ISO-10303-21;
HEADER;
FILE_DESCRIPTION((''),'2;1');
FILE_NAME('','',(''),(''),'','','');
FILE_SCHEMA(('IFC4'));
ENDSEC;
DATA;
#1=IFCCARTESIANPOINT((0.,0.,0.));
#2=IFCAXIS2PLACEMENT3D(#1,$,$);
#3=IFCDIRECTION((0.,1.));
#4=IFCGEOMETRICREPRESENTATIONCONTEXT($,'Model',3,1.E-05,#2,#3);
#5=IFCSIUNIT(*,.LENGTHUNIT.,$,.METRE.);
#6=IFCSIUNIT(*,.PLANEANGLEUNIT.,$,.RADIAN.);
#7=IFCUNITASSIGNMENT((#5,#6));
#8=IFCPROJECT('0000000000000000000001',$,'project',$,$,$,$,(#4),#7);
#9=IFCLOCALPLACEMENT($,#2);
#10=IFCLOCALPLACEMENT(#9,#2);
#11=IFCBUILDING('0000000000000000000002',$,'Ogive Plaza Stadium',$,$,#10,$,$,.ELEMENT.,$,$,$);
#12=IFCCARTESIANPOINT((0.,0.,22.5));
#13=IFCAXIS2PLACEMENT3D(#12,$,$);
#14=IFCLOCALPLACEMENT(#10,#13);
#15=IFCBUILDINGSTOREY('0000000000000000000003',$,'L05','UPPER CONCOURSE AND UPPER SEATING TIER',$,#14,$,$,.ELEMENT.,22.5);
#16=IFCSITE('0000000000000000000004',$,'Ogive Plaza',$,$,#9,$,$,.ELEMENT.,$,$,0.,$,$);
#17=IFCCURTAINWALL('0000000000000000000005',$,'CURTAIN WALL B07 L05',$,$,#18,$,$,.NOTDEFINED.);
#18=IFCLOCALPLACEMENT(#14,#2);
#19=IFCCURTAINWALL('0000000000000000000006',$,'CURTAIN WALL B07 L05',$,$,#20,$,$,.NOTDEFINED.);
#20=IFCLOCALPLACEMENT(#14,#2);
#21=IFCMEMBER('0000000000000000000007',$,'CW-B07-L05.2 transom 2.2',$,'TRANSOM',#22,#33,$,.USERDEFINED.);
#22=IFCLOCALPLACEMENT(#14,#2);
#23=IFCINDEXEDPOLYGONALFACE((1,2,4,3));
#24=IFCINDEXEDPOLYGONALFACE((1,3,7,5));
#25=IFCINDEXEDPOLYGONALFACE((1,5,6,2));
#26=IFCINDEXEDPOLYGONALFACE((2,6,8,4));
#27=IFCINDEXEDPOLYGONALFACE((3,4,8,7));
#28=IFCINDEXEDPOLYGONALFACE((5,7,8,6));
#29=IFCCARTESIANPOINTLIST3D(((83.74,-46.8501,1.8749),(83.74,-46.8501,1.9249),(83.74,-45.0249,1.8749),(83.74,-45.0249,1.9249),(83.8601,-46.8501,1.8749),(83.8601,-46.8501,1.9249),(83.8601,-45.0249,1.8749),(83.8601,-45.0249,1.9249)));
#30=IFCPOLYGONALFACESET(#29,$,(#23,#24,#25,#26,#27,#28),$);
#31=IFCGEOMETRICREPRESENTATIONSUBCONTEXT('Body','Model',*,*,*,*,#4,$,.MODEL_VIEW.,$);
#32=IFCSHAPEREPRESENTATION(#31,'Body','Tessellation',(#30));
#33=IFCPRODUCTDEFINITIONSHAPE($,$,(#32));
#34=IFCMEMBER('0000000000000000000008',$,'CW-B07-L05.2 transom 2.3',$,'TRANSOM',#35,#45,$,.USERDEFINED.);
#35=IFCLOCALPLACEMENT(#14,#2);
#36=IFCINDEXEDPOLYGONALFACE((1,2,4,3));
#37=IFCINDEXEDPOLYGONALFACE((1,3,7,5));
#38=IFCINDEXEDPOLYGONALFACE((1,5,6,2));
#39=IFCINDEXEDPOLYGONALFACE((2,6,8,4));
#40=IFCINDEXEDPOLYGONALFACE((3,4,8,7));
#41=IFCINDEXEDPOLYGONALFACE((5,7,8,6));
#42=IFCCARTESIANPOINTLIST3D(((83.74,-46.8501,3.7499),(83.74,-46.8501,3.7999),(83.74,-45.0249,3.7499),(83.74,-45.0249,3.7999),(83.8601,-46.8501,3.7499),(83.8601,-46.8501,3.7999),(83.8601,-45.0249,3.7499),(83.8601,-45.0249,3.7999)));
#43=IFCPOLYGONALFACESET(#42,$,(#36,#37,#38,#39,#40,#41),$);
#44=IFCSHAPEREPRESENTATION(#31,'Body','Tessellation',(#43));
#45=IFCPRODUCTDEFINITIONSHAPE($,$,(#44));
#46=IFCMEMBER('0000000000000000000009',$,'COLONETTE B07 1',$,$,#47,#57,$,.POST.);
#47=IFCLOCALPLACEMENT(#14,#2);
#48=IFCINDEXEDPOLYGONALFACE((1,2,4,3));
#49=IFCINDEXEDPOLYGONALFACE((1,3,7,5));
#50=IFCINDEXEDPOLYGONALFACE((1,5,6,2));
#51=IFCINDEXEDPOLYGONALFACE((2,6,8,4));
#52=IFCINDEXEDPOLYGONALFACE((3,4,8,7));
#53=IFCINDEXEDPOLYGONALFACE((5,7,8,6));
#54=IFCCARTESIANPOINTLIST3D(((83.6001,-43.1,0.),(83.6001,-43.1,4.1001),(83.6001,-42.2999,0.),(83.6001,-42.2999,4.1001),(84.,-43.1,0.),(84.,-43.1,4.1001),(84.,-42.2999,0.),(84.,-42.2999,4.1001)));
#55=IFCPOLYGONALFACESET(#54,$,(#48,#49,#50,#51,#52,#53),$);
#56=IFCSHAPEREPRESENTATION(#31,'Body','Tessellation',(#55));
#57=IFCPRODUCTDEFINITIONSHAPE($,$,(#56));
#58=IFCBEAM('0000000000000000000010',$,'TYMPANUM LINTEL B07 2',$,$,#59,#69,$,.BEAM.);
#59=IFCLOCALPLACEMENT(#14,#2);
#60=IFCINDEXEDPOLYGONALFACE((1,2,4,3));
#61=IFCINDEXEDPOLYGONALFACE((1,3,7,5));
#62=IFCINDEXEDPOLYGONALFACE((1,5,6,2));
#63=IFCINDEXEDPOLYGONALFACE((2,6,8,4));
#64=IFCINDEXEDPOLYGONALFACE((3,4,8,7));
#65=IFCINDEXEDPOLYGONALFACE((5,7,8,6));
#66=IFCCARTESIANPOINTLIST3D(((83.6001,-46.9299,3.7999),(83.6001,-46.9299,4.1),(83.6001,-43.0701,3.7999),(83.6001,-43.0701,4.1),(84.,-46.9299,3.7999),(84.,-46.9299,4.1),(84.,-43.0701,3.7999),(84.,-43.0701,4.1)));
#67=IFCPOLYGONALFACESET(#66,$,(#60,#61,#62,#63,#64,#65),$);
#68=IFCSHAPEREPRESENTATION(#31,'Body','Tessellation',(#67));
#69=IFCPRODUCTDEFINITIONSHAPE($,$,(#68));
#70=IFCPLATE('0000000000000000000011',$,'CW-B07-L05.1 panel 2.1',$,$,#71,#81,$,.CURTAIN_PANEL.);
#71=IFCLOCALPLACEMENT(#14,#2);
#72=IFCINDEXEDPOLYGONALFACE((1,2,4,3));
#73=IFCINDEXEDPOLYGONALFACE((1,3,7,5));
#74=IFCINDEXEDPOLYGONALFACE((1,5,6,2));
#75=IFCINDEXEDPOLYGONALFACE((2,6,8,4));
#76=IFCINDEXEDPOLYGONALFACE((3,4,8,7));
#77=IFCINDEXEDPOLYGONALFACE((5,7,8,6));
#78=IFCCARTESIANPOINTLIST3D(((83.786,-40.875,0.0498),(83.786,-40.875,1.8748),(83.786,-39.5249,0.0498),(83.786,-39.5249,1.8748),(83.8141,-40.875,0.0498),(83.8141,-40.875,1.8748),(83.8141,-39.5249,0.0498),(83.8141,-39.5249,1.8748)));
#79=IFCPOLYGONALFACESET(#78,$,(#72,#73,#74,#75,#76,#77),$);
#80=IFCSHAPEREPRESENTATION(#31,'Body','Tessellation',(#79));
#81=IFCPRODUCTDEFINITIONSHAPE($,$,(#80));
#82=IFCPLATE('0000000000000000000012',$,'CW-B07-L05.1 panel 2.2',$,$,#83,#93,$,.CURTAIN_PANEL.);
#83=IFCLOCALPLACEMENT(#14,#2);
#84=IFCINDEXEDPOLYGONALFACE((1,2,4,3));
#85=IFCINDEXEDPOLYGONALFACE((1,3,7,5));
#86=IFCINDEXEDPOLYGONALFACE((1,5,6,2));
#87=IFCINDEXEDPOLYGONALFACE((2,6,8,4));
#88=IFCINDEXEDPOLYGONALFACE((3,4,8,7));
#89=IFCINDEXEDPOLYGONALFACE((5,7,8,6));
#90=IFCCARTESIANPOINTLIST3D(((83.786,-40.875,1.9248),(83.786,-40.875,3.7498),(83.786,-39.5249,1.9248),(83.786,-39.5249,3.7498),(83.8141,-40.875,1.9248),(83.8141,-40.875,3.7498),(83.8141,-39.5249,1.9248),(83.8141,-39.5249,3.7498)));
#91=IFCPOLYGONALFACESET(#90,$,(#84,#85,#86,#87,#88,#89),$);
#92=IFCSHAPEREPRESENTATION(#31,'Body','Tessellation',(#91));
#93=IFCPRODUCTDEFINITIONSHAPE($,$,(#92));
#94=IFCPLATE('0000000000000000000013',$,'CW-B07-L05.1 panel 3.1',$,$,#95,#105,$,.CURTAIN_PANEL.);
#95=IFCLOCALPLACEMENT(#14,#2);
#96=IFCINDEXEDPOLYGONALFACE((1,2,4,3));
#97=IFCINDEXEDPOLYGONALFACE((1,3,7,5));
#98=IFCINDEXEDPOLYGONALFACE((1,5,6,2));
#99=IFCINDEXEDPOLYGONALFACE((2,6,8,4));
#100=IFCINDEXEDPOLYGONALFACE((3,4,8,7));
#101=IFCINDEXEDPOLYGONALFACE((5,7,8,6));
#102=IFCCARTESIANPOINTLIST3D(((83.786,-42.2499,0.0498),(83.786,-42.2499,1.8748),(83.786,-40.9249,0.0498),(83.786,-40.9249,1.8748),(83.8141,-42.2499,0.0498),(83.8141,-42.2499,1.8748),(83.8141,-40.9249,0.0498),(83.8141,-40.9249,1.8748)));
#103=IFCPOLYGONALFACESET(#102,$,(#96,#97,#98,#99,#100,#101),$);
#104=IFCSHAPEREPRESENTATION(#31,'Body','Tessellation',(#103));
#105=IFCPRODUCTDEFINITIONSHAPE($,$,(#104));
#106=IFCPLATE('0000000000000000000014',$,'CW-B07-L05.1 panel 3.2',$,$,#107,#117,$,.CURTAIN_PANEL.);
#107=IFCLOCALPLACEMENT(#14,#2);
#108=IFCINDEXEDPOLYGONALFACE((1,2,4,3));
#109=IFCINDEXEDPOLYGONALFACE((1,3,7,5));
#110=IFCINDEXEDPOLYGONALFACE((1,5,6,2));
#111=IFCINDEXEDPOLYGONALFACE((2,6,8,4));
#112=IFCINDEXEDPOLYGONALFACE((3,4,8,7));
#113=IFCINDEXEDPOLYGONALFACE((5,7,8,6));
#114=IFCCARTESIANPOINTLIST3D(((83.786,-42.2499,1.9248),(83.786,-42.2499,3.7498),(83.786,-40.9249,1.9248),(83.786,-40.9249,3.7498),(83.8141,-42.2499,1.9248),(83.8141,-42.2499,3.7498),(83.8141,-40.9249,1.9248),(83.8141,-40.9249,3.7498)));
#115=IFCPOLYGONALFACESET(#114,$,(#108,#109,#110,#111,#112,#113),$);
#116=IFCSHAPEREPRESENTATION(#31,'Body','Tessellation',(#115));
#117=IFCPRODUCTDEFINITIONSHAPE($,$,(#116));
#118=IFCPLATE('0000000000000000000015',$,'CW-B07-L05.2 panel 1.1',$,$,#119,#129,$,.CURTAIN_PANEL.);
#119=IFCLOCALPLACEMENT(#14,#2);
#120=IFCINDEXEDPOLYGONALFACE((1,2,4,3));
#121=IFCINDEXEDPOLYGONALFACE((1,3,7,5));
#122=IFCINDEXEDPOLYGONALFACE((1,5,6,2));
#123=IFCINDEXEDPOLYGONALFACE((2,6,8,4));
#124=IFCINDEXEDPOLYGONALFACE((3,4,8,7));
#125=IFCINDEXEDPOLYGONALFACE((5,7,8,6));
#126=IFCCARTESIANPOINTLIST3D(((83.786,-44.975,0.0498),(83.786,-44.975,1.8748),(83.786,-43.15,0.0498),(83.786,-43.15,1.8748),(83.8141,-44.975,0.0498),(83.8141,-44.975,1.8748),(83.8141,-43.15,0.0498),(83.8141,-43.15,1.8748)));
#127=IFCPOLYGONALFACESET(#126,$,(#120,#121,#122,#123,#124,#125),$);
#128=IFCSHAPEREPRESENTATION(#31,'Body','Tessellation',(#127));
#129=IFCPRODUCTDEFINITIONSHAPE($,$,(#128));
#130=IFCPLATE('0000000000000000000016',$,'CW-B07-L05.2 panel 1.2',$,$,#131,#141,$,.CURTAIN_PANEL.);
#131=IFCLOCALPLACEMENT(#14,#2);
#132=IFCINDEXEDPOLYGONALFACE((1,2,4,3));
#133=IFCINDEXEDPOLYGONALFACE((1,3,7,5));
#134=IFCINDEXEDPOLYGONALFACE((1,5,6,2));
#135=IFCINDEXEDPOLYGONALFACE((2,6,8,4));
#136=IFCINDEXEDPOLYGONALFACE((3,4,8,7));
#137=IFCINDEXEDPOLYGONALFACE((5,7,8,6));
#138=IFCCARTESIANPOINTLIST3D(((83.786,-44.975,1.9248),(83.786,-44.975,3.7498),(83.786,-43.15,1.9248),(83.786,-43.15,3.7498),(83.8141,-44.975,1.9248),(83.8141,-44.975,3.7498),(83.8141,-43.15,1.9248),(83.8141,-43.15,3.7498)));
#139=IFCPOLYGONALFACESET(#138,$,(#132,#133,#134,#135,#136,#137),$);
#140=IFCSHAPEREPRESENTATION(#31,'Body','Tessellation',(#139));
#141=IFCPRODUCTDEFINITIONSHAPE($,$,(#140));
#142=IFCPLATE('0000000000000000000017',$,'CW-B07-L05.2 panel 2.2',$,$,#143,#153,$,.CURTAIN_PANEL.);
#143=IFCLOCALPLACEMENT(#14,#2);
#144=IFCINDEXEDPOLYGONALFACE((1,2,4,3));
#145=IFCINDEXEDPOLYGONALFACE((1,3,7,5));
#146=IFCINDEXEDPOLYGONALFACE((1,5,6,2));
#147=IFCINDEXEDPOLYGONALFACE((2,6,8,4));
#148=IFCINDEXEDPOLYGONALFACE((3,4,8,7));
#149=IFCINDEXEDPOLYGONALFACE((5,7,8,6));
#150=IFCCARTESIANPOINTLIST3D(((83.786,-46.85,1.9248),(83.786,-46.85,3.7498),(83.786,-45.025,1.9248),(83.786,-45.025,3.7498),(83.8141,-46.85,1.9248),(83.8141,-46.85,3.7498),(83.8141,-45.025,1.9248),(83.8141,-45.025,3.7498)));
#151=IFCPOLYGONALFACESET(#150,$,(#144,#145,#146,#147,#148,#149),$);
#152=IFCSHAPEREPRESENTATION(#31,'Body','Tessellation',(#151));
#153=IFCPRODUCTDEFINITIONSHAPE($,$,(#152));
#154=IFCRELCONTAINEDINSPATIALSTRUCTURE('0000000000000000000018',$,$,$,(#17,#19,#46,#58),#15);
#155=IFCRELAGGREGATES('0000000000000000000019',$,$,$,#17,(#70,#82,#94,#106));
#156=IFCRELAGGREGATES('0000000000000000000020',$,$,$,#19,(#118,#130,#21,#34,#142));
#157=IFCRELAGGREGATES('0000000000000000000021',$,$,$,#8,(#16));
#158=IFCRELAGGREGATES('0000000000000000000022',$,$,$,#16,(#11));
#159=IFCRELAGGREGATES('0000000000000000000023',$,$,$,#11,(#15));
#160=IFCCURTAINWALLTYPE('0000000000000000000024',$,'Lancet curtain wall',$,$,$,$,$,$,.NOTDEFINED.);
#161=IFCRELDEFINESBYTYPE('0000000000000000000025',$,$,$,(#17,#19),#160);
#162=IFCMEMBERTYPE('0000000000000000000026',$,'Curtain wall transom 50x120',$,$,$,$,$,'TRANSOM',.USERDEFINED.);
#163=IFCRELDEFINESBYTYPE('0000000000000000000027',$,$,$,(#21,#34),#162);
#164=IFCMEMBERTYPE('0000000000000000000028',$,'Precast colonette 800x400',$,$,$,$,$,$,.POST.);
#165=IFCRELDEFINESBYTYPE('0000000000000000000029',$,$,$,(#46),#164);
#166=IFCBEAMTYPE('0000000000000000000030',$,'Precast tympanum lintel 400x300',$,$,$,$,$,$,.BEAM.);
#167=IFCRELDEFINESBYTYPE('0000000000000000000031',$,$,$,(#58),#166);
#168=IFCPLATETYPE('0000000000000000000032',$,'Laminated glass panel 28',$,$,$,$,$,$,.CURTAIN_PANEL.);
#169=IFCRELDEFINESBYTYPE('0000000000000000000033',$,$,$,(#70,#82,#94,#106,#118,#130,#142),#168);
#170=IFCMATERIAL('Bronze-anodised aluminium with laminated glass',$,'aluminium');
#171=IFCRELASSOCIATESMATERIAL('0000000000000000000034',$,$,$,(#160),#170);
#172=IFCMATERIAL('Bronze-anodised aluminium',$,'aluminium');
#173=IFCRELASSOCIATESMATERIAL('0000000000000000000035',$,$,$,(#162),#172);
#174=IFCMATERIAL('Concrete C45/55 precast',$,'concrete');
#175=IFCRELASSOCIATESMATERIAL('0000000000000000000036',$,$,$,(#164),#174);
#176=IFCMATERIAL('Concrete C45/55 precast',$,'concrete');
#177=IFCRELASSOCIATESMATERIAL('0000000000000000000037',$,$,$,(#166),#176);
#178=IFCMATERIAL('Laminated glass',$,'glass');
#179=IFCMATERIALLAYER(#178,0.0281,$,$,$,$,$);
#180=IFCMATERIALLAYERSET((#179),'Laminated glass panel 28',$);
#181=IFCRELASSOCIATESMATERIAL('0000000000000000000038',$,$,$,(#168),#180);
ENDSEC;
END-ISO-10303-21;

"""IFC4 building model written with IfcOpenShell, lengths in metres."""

from ifc_helpers import new_model, si_unit, direction, frame, origin, origin_2d, place, context, subcontext, project, spatial, rectangle, extrude, material, layer, layer_set, material_profile, profile_set, type_object, element, aggregate, save


model = new_model("IFC4")

# Units and contexts
model_context = context("Model", 3, precision=1e-05, world=origin(), true_north=direction((0.0, 1.0)))
body_context = subcontext(model_context, "Body", "Model", "MODEL_VIEW")
ifc_project = project(units=[si_unit("LENGTHUNIT", "METRE"), si_unit("PLANEANGLEUNIT", "RADIAN")], contexts=[model_context])

# Site, building, storey
site_placement = place(None, origin())
site = spatial("IfcSite", under=ifc_project, at=site_placement, Name="Ogive Plaza", CompositionType="ELEMENT", RefElevation=0.0)
building_placement = place(site_placement, origin())
building = spatial("IfcBuilding", under=site, at=building_placement, Name="Ogive Plaza Stadium", CompositionType="ELEMENT")
storey_placement = place(building_placement, frame((0.0, 0.0, 22.5)))
storey = spatial("IfcBuildingStorey", under=building, at=storey_placement, Name="L05", Description="UPPER CONCOURSE AND UPPER SEATING TIER", CompositionType="ELEMENT", Elevation=22.5)

# Curtain walls
ifc_material_1 = material(Name="Bronze-anodised aluminium with laminated glass", Category="aluminium")
curtain_wall_type = type_object("IfcCurtainWallType", Name="Lancet curtain wall", PredefinedType="NOTDEFINED", material=ifc_material_1)
curtain_wall_1_placement = place(storey_placement, origin())
curtain_wall_1 = element("IfcCurtainWall", 1, at=curtain_wall_1_placement, inside=storey, type_object=curtain_wall_type, Name="CURTAIN WALL B07 L05", PredefinedType="NOTDEFINED")
curtain_wall_2_placement = place(storey_placement, origin())
curtain_wall_2 = element("IfcCurtainWall", 2, at=curtain_wall_2_placement, inside=storey, type_object=curtain_wall_type, Name="CURTAIN WALL B07 L05", PredefinedType="NOTDEFINED")

# Members
ifc_material_2 = material(Name="Bronze-anodised aluminium", Category="aluminium")
ifc_material_profile_1 = material_profile(ifc_material_2, rectangle(XDim=0.1201, YDim=0.05, at=origin_2d()), Name="AL 120x50")
ifc_profile_set_1 = profile_set([ifc_material_profile_1], Name="Bronze-anodised aluminium")
member_type_1 = type_object("IfcMemberType", Name="Curtain wall transom 50x120", ElementType="TRANSOM", PredefinedType="USERDEFINED", material=ifc_profile_set_1)
member_1_placement = place(storey_placement, frame((83.8, -45.0249, 1.8999), z_axis=(0.0, -1.0, 0.0), x_axis=(1.0, 0.0, 0.0)))
member_1 = element("IfcMember", 3, at=member_1_placement, type_object=member_type_1, Name="CW-B07-L05.2 transom 2.2", ObjectType="TRANSOM", PredefinedType="USERDEFINED", context=body_context, shape_type="SweptSolid", body=[
    extrude(rectangle(XDim=0.1201, YDim=0.05, at=origin_2d()), origin(), (0.0, 0.0, 1.0), 1.8252),
])
member_2_placement = place(storey_placement, frame((83.8, -45.0249, 3.7749), z_axis=(0.0, -1.0, 0.0), x_axis=(1.0, 0.0, 0.0)))
member_2 = element("IfcMember", 4, at=member_2_placement, type_object=member_type_1, Name="CW-B07-L05.2 transom 2.3", ObjectType="TRANSOM", PredefinedType="USERDEFINED", context=body_context, shape_type="SweptSolid", body=[
    extrude(rectangle(XDim=0.1201, YDim=0.05, at=origin_2d()), origin(), (0.0, 0.0, 1.0), 1.8252),
])
ifc_material_3 = material(Name="Concrete C45/55 precast", Category="concrete")
ifc_material_profile_2 = material_profile(ifc_material_3, rectangle(XDim=0.3999, YDim=0.8, at=origin_2d()), Name="RC 400x800")
ifc_profile_set_2 = profile_set([ifc_material_profile_2], Name="Concrete C45/55 precast")
member_type_2 = type_object("IfcMemberType", Name="Precast colonette 800x400", PredefinedType="POST", material=ifc_profile_set_2)
member_3_placement = place(storey_placement, frame((83.8, -42.7, 0.0), z_axis=(0.0, 0.0, 1.0), x_axis=(1.0, 0.0, 0.0)))
element("IfcMember", 5, at=member_3_placement, inside=storey, type_object=member_type_2, Name="COLONETTE B07 1", PredefinedType="POST", context=body_context, shape_type="SweptSolid", body=[
    extrude(rectangle(XDim=0.3999, YDim=0.8, at=origin_2d()), origin(), (0.0, 0.0, 1.0), 4.1001),
])

# Beam
ifc_material_4 = material(Name="Concrete C45/55 precast", Category="concrete")
ifc_material_profile_3 = material_profile(ifc_material_4, rectangle(XDim=0.3999, YDim=0.3, at=origin_2d()), Name="RC 400x300")
ifc_profile_set_3 = profile_set([ifc_material_profile_3], Name="Concrete C45/55 precast")
beam_type = type_object("IfcBeamType", Name="Precast tympanum lintel 400x300", PredefinedType="BEAM", material=ifc_profile_set_3)
beam_placement = place(storey_placement, frame((83.8, -43.0701, 3.95), z_axis=(0.0, -1.0, 0.0), x_axis=(1.0, 0.0, 0.0)))
element("IfcBeam", 6, at=beam_placement, inside=storey, type_object=beam_type, Name="TYMPANUM LINTEL B07 2", PredefinedType="BEAM", context=body_context, shape_type="SweptSolid", body=[
    extrude(rectangle(XDim=0.3999, YDim=0.3, at=origin_2d()), origin(), (0.0, 0.0, 1.0), 3.8599),
])

# Plates
ifc_material_5 = material(Name="Laminated glass", Category="glass")
ifc_layer_1 = layer(ifc_material_5, 0.0281)
ifc_layer_set_1 = layer_set([ifc_layer_1], Name="Laminated glass panel 28")
plate_type = type_object("IfcPlateType", Name="Laminated glass panel 28", PredefinedType="CURTAIN_PANEL", material=ifc_layer_set_1)
plate_1_placement = place(storey_placement, frame((83.8, -40.2, 0.0498), z_axis=(0.0, 0.0, 1.0), x_axis=(0.0, -1.0, 0.0)))
plate_1 = element("IfcPlate", 7, at=plate_1_placement, type_object=plate_type, Name="CW-B07-L05.1 panel 2.1", PredefinedType="CURTAIN_PANEL", context=body_context, shape_type="SweptSolid", body=[
    extrude(rectangle(XDim=1.3501, YDim=0.0281, at=origin_2d()), origin(), (0.0, 0.0, 1.0), 1.825),
])
plate_2_placement = place(storey_placement, frame((83.8, -40.2, 1.9248), z_axis=(0.0, 0.0, 1.0), x_axis=(0.0, -1.0, 0.0)))
plate_2 = element("IfcPlate", 8, at=plate_2_placement, type_object=plate_type, Name="CW-B07-L05.1 panel 2.2", PredefinedType="CURTAIN_PANEL", context=body_context, shape_type="SweptSolid", body=[
    extrude(rectangle(XDim=1.3501, YDim=0.0281, at=origin_2d()), origin(), (0.0, 0.0, 1.0), 1.825),
])
plate_3_placement = place(storey_placement, frame((83.8, -41.5874, 0.0498), z_axis=(0.0, 0.0, 1.0), x_axis=(0.0, -1.0, 0.0)))
plate_3 = element("IfcPlate", 9, at=plate_3_placement, type_object=plate_type, Name="CW-B07-L05.1 panel 3.1", PredefinedType="CURTAIN_PANEL", context=body_context, shape_type="SweptSolid", body=[
    extrude(rectangle(XDim=1.325, YDim=0.0281, at=origin_2d()), origin(), (0.0, 0.0, 1.0), 1.825),
])
plate_4_placement = place(storey_placement, frame((83.8, -41.5874, 1.9248), z_axis=(0.0, 0.0, 1.0), x_axis=(0.0, -1.0, 0.0)))
plate_4 = element("IfcPlate", 10, at=plate_4_placement, type_object=plate_type, Name="CW-B07-L05.1 panel 3.2", PredefinedType="CURTAIN_PANEL", context=body_context, shape_type="SweptSolid", body=[
    extrude(rectangle(XDim=1.325, YDim=0.0281, at=origin_2d()), origin(), (0.0, 0.0, 1.0), 1.825),
])
aggregate(curtain_wall_1, [plate_1, plate_2, plate_3, plate_4])
plate_5_placement = place(storey_placement, frame((83.8, -44.0625, 0.0498), z_axis=(0.0, 0.0, 1.0), x_axis=(0.0, -1.0, 0.0)))
plate_5 = element("IfcPlate", 11, at=plate_5_placement, type_object=plate_type, Name="CW-B07-L05.2 panel 1.1", PredefinedType="CURTAIN_PANEL", context=body_context, shape_type="SweptSolid", body=[
    extrude(rectangle(XDim=1.825, YDim=0.0281, at=origin_2d()), origin(), (0.0, 0.0, 1.0), 1.825),
])
plate_6_placement = place(storey_placement, frame((83.8, -44.0625, 1.9248), z_axis=(0.0, 0.0, 1.0), x_axis=(0.0, -1.0, 0.0)))
plate_6 = element("IfcPlate", 12, at=plate_6_placement, type_object=plate_type, Name="CW-B07-L05.2 panel 1.2", PredefinedType="CURTAIN_PANEL", context=body_context, shape_type="SweptSolid", body=[
    extrude(rectangle(XDim=1.825, YDim=0.0281, at=origin_2d()), origin(), (0.0, 0.0, 1.0), 1.825),
])
plate_7_placement = place(storey_placement, frame((83.8, -45.9375, 1.9248), z_axis=(0.0, 0.0, 1.0), x_axis=(0.0, -1.0, 0.0)))
plate_7 = element("IfcPlate", 13, at=plate_7_placement, type_object=plate_type, Name="CW-B07-L05.2 panel 2.2", PredefinedType="CURTAIN_PANEL", context=body_context, shape_type="SweptSolid", body=[
    extrude(rectangle(XDim=1.825, YDim=0.0281, at=origin_2d()), origin(), (0.0, 0.0, 1.0), 1.825),
])
aggregate(curtain_wall_2, [plate_5, plate_6, member_1, member_2, plate_7])

save(model, "model.ifc")
